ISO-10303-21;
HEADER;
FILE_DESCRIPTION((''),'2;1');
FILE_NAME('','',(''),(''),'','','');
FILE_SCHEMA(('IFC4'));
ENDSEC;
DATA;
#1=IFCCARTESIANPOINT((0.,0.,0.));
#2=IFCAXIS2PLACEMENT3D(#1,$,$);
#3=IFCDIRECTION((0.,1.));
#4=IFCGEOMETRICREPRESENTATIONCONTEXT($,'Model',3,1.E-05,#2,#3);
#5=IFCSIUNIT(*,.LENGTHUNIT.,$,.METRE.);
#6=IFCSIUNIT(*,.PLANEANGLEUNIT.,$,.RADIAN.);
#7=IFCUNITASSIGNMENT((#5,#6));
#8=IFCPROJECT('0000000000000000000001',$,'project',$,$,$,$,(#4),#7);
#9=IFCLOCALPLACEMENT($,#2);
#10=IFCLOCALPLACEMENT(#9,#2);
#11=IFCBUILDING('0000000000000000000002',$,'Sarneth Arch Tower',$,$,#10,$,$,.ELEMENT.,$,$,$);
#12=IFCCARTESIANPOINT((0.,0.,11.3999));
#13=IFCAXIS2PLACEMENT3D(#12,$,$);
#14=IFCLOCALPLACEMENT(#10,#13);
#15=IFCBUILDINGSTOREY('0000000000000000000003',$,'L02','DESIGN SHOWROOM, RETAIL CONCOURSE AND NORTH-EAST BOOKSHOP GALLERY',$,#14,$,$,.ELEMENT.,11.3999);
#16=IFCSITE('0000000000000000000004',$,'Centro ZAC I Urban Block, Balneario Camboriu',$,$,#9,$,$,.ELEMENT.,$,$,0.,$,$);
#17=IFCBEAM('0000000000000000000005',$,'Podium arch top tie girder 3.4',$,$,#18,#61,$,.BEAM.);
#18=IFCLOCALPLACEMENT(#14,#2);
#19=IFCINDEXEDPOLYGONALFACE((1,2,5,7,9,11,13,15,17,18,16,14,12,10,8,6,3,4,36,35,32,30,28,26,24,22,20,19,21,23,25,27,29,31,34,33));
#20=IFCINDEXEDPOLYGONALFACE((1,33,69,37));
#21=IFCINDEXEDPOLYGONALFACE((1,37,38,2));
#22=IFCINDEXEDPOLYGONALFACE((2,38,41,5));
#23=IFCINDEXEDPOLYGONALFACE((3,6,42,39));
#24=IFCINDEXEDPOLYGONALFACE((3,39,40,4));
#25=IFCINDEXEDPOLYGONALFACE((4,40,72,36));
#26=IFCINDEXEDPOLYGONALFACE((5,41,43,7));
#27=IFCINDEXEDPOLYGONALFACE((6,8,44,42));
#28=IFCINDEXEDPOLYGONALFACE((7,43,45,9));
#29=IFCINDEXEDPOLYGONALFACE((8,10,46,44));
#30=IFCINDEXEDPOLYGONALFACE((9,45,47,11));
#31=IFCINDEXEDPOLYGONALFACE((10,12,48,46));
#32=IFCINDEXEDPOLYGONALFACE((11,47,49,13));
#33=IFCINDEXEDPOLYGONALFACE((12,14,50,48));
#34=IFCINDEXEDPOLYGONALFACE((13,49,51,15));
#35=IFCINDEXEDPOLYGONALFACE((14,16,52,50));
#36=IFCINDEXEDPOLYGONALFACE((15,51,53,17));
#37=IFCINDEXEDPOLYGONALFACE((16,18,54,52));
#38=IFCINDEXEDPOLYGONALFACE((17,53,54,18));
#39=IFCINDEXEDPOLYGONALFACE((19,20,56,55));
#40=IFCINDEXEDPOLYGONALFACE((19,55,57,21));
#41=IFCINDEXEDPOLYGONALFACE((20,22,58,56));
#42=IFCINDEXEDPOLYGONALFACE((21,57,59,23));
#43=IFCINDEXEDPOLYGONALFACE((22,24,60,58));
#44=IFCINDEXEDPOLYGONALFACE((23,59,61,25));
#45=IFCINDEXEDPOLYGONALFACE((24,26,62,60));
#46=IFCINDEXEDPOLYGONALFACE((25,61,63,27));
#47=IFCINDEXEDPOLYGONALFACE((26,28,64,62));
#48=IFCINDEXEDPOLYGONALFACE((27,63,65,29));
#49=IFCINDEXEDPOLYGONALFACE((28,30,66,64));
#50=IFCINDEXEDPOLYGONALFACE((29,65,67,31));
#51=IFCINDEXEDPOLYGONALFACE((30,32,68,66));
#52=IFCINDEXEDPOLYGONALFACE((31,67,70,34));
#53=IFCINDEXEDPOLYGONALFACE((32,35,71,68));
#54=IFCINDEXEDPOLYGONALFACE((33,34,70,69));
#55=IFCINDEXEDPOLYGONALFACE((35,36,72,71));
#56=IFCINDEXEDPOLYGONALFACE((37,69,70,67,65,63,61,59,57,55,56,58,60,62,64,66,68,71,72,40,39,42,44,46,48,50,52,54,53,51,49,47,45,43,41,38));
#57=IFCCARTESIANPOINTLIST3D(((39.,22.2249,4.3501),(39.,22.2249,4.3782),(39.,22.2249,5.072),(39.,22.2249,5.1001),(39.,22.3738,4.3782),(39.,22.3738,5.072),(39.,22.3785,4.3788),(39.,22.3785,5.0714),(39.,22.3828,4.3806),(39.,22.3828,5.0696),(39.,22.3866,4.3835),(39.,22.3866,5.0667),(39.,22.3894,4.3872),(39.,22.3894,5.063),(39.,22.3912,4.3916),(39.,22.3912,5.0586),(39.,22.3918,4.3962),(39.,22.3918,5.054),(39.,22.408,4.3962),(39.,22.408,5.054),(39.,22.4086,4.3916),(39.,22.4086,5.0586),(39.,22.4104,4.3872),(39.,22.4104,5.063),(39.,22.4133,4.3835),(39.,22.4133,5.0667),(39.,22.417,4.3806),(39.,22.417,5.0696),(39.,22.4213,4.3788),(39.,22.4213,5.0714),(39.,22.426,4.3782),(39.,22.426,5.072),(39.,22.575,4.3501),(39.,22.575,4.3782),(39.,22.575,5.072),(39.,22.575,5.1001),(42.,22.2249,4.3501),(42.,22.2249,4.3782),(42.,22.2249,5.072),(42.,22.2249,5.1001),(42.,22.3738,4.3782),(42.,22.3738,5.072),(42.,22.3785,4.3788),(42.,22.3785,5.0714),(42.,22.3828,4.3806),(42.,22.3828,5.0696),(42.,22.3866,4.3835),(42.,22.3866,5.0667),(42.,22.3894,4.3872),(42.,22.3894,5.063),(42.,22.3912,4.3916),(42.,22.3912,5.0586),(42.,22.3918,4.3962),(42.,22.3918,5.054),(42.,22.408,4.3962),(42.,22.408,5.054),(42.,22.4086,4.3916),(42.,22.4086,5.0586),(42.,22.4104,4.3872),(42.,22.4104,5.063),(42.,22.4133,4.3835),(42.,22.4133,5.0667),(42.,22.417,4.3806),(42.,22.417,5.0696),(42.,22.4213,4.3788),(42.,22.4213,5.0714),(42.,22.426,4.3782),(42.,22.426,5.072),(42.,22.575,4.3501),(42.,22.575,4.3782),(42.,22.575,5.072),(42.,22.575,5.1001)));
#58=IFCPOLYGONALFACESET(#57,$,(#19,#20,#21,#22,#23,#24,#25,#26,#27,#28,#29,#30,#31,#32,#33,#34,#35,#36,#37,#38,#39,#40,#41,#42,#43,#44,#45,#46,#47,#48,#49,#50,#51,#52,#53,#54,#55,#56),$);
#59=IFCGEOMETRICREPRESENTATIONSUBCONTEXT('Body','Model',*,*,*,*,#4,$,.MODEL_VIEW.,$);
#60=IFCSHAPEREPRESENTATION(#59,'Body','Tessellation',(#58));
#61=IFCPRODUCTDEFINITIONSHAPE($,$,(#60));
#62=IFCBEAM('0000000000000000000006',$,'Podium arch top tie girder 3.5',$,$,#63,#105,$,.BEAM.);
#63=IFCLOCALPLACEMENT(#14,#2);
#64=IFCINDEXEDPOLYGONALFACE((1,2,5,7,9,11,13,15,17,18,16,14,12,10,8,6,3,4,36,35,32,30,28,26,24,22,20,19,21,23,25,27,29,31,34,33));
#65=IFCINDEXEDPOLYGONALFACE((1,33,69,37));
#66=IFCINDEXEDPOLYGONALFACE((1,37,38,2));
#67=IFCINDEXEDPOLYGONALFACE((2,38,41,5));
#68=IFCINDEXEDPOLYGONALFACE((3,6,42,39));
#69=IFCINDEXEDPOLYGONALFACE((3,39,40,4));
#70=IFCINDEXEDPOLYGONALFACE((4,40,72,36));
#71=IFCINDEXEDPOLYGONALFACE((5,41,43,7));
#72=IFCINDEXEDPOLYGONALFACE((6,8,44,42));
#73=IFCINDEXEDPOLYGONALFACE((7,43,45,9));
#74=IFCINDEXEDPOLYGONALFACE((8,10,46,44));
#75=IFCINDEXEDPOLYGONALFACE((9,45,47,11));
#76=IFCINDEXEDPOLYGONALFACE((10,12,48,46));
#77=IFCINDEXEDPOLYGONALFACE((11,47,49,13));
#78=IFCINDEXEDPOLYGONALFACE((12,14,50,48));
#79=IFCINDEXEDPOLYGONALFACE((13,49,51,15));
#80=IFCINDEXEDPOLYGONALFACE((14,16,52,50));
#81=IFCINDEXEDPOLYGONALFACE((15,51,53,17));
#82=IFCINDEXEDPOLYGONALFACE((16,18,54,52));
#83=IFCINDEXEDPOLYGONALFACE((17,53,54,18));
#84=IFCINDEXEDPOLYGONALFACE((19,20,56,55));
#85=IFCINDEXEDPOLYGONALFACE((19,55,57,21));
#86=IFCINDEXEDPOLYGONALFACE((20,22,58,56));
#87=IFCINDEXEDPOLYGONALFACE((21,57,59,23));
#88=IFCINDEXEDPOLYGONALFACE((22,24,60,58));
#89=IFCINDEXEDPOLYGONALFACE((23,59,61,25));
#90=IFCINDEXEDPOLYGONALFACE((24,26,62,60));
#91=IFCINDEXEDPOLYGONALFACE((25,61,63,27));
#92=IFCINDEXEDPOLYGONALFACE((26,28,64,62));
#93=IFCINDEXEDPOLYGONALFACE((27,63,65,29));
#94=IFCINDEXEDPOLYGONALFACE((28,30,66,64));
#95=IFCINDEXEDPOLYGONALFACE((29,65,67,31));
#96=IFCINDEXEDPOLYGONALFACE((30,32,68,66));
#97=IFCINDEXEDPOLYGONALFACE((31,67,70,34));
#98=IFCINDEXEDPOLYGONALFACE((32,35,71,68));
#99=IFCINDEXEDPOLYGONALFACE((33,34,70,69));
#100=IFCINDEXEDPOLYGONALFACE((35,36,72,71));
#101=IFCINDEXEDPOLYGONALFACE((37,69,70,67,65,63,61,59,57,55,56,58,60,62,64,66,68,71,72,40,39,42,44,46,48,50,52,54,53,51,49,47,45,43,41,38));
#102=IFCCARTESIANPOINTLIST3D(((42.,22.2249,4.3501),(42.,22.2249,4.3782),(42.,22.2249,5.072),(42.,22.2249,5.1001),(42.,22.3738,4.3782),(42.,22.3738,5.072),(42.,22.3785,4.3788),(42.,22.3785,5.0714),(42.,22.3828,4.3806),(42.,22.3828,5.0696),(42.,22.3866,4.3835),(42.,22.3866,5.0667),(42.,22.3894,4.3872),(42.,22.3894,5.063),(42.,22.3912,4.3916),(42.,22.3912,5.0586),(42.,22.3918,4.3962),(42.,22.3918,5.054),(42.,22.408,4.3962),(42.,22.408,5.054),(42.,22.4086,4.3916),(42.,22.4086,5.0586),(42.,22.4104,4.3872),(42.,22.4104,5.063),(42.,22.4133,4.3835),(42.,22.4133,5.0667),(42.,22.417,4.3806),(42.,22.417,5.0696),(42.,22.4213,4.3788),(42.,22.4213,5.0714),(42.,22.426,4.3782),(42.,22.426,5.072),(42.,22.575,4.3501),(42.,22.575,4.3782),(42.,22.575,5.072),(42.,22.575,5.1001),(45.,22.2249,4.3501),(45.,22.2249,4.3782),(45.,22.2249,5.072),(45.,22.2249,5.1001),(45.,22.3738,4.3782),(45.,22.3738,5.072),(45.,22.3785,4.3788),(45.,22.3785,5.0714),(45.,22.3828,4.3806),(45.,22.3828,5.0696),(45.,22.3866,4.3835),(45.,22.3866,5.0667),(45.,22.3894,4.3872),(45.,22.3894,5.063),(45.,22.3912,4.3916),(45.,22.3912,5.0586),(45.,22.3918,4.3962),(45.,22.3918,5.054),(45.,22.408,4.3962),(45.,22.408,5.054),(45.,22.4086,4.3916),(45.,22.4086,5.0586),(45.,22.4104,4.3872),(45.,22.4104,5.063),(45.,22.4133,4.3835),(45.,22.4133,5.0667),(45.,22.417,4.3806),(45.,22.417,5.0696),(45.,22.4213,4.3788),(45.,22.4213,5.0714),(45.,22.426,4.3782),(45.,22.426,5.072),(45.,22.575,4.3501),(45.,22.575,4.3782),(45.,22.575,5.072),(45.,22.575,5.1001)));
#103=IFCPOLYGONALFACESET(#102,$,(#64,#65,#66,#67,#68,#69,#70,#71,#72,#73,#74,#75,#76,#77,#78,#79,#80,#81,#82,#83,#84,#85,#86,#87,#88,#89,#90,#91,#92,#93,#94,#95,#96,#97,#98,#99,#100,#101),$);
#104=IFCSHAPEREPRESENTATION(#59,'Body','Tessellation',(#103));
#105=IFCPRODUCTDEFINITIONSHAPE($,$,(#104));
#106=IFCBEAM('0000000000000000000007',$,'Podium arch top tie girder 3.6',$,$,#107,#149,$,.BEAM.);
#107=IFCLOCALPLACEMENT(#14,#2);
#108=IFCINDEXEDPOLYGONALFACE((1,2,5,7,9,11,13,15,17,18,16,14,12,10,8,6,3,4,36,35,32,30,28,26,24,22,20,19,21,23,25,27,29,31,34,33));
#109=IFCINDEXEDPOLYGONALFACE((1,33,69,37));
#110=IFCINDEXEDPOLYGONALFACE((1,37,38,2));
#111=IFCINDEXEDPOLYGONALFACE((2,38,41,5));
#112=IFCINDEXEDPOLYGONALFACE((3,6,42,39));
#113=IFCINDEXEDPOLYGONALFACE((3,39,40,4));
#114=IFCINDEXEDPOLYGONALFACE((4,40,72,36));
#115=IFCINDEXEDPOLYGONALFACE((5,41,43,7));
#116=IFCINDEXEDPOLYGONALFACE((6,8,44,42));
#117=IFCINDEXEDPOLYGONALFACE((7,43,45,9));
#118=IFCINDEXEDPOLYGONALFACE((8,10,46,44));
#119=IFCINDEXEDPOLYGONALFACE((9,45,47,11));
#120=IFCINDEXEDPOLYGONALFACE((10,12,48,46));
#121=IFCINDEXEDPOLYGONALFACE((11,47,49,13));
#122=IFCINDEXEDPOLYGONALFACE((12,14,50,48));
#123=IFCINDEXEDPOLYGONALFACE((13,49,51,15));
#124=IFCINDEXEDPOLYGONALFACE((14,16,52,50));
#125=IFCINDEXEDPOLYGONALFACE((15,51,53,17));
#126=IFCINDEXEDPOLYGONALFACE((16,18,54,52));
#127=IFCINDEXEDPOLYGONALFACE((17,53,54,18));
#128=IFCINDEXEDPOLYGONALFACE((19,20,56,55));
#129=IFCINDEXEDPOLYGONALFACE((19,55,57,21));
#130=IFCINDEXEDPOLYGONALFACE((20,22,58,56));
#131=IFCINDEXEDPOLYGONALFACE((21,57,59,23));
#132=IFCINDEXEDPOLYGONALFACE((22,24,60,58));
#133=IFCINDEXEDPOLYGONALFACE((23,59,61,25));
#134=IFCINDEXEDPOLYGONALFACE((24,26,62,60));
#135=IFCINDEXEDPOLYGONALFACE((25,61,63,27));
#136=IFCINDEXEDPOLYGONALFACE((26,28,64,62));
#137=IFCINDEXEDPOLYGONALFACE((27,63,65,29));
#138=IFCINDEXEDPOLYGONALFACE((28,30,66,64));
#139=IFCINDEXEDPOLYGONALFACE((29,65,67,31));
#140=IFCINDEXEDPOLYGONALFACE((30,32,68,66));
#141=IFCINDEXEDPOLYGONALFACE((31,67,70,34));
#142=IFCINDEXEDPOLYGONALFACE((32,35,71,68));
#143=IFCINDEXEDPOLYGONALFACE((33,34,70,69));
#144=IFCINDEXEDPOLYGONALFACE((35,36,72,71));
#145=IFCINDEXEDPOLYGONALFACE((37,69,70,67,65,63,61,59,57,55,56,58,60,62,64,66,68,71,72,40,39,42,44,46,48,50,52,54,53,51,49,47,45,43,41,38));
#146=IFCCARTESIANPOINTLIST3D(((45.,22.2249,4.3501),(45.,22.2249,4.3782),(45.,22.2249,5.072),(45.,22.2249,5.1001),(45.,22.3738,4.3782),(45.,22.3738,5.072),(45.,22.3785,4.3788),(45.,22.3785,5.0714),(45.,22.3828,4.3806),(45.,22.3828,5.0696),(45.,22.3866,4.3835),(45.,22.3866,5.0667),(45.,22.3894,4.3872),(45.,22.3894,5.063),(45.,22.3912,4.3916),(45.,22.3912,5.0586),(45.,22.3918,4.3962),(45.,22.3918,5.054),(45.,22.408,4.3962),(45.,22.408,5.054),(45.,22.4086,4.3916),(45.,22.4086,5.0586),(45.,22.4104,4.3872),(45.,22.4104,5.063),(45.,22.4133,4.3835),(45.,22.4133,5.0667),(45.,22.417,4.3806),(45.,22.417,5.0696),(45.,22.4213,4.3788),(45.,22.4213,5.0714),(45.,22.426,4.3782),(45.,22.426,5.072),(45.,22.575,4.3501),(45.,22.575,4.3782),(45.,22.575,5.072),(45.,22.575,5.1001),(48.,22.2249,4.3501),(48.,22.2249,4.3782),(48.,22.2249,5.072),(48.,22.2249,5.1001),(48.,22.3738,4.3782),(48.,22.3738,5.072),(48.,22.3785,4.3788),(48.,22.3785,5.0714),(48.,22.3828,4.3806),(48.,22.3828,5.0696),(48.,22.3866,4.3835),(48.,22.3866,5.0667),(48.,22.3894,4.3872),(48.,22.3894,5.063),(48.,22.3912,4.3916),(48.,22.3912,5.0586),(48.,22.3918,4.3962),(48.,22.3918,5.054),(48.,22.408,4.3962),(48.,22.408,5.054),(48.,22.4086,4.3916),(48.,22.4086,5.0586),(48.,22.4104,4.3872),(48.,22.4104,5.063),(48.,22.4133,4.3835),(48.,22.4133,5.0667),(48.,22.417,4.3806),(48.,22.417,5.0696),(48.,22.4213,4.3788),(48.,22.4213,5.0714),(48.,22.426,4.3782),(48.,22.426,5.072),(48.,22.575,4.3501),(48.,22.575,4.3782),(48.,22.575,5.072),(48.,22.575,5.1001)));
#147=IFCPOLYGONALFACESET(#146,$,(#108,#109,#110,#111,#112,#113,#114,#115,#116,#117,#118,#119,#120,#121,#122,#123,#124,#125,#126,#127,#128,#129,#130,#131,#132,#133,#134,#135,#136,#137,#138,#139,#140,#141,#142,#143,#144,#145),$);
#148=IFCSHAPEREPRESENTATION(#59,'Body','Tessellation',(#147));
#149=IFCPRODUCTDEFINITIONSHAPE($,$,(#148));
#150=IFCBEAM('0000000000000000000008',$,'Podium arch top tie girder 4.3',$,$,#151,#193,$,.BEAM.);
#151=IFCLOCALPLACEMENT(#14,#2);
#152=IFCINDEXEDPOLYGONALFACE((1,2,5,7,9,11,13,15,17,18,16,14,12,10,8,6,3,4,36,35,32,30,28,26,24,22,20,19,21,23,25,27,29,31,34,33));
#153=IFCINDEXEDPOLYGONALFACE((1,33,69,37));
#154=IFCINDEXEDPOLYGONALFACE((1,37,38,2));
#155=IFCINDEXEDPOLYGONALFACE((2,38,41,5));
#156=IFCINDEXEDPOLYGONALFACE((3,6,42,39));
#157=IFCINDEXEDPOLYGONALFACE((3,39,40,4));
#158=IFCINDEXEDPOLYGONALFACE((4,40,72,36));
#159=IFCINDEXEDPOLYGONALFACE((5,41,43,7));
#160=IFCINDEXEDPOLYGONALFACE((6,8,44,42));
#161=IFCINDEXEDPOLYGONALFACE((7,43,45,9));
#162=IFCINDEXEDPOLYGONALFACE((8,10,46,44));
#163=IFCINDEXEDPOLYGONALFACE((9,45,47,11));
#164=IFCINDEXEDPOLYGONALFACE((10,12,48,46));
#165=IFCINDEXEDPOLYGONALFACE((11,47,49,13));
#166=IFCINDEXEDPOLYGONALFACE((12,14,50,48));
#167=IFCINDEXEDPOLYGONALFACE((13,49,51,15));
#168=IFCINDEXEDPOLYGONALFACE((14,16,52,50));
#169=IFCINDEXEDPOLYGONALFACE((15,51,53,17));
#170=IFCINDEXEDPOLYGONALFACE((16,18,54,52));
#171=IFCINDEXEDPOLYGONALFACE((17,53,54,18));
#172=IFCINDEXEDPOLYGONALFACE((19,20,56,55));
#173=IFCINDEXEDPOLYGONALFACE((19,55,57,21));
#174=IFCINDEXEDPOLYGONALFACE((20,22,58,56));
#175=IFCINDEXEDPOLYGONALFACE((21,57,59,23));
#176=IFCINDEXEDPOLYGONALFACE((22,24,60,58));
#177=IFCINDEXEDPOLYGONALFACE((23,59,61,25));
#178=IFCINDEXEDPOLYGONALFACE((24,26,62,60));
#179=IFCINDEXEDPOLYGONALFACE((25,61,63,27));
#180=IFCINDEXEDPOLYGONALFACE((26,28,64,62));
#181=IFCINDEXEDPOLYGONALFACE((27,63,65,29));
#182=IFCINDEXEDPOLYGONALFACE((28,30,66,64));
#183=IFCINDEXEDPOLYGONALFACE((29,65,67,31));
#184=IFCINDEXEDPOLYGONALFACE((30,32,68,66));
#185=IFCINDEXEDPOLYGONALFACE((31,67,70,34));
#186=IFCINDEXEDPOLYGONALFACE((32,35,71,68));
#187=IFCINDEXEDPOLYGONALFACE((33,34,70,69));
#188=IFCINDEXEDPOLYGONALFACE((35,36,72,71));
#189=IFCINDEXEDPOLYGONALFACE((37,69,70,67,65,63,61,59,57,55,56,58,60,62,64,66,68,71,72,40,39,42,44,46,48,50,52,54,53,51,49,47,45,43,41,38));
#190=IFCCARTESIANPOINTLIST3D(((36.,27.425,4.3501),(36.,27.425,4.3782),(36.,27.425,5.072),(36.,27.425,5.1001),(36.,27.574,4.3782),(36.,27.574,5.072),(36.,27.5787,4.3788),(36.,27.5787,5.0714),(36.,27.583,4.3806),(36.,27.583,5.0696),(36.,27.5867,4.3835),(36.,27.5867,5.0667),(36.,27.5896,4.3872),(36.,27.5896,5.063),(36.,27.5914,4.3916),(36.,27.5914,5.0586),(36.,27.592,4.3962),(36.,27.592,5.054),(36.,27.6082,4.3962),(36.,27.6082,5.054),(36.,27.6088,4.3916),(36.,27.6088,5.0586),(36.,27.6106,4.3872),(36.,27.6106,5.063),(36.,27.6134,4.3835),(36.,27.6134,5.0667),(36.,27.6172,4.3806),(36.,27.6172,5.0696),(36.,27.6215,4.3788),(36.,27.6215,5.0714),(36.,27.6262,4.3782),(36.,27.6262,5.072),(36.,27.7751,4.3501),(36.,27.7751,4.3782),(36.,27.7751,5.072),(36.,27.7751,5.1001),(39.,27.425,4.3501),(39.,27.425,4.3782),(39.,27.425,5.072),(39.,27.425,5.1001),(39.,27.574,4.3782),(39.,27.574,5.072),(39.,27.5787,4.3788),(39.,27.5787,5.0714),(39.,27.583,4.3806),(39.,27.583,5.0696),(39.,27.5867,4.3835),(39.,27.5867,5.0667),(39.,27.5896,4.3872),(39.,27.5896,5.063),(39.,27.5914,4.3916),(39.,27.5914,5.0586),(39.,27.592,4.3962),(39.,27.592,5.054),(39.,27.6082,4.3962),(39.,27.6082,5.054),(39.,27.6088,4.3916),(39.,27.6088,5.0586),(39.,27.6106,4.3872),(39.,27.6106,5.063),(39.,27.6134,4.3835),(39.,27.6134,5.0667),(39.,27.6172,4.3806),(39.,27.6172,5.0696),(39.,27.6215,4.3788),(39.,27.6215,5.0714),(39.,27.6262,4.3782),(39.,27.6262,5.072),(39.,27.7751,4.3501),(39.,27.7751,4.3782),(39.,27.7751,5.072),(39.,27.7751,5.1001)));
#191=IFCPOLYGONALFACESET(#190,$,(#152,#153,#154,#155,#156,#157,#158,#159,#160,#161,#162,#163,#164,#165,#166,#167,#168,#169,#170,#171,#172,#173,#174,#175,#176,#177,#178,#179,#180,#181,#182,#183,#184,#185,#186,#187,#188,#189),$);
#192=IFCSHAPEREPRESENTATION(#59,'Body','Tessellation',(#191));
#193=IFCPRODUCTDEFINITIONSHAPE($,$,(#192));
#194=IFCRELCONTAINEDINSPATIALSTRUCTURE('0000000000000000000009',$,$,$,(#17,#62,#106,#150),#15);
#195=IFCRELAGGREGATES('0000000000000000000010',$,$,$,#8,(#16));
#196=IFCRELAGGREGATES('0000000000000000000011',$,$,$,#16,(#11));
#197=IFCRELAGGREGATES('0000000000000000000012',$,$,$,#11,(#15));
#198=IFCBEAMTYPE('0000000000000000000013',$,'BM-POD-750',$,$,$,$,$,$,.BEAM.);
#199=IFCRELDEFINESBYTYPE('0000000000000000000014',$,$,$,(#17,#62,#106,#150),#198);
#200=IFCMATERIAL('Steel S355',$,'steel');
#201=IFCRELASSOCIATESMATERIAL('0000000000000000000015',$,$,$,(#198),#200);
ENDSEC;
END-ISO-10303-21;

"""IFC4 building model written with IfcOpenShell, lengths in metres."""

from ifc_helpers import new_model, si_unit, direction, frame, origin, origin_2d, place, context, subcontext, project, spatial, i_section, extrude, material, material_profile, profile_set, type_object, element, save


model = new_model("IFC4")

# Units and contexts
model_context = context("Model", 3, precision=1e-05, world=origin(), true_north=direction((0.0, 1.0)))
body_context = subcontext(model_context, "Body", "Model", "MODEL_VIEW")
ifc_project = project(units=[si_unit("LENGTHUNIT", "METRE"), si_unit("PLANEANGLEUNIT", "RADIAN")], contexts=[model_context])

# Site, building, storey
site_placement = place(None, origin())
site = spatial("IfcSite", under=ifc_project, at=site_placement, Name="Centro ZAC I Urban Block, Balneario Camboriu", CompositionType="ELEMENT", RefElevation=0.0)
building_placement = place(site_placement, origin())
building = spatial("IfcBuilding", under=site, at=building_placement, Name="Sarneth Arch Tower", CompositionType="ELEMENT")
storey_placement = place(building_placement, frame((0.0, 0.0, 11.3999)))
storey = spatial("IfcBuildingStorey", under=building, at=storey_placement, Name="L02", Description="DESIGN SHOWROOM, RETAIL CONCOURSE AND NORTH-EAST BOOKSHOP GALLERY", CompositionType="ELEMENT", Elevation=11.3999)

# Beams
ifc_material_1 = material(Name="Steel S355", Category="steel")
ifc_material_profile_1 = material_profile(ifc_material_1, i_section(OverallWidth=0.3501, OverallDepth=0.75, WebThickness=0.0161, FlangeThickness=0.0281, FilletRadius=0.0181, at=origin_2d()), Name="CVS750x268")
ifc_profile_set_1 = profile_set([ifc_material_profile_1], Name="Steel S355")
beam_type = type_object("IfcBeamType", Name="BM-POD-750", PredefinedType="BEAM", material=ifc_profile_set_1)
for number, where, z_axis, x_axis, name in (
    (1, (39.0, 22.3999, 4.7251), (1.0, 0.0, 0.0), (0.0, 1.0, 0.0), "Podium arch top tie girder 3.4"),
    (2, (42.0, 22.3999, 4.7251), (1.0, 0.0, 0.0), (0.0, 1.0, 0.0), "Podium arch top tie girder 3.5"),
    (3, (45.0, 22.3999, 4.7251), (1.0, 0.0, 0.0), (0.0, 1.0, 0.0), "Podium arch top tie girder 3.6"),
    (4, (36.0, 27.6001, 4.7251), (1.0, 0.0, 0.0), (0.0, 1.0, 0.0), "Podium arch top tie girder 4.3"),
):
    element("IfcBeam", number, at=place(storey_placement, frame(where, z_axis=z_axis, x_axis=x_axis)), inside=storey, type_object=beam_type, Name=name, PredefinedType="BEAM", context=body_context, shape_type="SweptSolid", body=[
        extrude(i_section(OverallWidth=0.3501, OverallDepth=0.75, WebThickness=0.0161, FlangeThickness=0.0281, FilletRadius=0.0181, at=origin_2d()), origin(), (0.0, 0.0, 1.0), 3.0),
    ])

save(model, "model.ifc")
